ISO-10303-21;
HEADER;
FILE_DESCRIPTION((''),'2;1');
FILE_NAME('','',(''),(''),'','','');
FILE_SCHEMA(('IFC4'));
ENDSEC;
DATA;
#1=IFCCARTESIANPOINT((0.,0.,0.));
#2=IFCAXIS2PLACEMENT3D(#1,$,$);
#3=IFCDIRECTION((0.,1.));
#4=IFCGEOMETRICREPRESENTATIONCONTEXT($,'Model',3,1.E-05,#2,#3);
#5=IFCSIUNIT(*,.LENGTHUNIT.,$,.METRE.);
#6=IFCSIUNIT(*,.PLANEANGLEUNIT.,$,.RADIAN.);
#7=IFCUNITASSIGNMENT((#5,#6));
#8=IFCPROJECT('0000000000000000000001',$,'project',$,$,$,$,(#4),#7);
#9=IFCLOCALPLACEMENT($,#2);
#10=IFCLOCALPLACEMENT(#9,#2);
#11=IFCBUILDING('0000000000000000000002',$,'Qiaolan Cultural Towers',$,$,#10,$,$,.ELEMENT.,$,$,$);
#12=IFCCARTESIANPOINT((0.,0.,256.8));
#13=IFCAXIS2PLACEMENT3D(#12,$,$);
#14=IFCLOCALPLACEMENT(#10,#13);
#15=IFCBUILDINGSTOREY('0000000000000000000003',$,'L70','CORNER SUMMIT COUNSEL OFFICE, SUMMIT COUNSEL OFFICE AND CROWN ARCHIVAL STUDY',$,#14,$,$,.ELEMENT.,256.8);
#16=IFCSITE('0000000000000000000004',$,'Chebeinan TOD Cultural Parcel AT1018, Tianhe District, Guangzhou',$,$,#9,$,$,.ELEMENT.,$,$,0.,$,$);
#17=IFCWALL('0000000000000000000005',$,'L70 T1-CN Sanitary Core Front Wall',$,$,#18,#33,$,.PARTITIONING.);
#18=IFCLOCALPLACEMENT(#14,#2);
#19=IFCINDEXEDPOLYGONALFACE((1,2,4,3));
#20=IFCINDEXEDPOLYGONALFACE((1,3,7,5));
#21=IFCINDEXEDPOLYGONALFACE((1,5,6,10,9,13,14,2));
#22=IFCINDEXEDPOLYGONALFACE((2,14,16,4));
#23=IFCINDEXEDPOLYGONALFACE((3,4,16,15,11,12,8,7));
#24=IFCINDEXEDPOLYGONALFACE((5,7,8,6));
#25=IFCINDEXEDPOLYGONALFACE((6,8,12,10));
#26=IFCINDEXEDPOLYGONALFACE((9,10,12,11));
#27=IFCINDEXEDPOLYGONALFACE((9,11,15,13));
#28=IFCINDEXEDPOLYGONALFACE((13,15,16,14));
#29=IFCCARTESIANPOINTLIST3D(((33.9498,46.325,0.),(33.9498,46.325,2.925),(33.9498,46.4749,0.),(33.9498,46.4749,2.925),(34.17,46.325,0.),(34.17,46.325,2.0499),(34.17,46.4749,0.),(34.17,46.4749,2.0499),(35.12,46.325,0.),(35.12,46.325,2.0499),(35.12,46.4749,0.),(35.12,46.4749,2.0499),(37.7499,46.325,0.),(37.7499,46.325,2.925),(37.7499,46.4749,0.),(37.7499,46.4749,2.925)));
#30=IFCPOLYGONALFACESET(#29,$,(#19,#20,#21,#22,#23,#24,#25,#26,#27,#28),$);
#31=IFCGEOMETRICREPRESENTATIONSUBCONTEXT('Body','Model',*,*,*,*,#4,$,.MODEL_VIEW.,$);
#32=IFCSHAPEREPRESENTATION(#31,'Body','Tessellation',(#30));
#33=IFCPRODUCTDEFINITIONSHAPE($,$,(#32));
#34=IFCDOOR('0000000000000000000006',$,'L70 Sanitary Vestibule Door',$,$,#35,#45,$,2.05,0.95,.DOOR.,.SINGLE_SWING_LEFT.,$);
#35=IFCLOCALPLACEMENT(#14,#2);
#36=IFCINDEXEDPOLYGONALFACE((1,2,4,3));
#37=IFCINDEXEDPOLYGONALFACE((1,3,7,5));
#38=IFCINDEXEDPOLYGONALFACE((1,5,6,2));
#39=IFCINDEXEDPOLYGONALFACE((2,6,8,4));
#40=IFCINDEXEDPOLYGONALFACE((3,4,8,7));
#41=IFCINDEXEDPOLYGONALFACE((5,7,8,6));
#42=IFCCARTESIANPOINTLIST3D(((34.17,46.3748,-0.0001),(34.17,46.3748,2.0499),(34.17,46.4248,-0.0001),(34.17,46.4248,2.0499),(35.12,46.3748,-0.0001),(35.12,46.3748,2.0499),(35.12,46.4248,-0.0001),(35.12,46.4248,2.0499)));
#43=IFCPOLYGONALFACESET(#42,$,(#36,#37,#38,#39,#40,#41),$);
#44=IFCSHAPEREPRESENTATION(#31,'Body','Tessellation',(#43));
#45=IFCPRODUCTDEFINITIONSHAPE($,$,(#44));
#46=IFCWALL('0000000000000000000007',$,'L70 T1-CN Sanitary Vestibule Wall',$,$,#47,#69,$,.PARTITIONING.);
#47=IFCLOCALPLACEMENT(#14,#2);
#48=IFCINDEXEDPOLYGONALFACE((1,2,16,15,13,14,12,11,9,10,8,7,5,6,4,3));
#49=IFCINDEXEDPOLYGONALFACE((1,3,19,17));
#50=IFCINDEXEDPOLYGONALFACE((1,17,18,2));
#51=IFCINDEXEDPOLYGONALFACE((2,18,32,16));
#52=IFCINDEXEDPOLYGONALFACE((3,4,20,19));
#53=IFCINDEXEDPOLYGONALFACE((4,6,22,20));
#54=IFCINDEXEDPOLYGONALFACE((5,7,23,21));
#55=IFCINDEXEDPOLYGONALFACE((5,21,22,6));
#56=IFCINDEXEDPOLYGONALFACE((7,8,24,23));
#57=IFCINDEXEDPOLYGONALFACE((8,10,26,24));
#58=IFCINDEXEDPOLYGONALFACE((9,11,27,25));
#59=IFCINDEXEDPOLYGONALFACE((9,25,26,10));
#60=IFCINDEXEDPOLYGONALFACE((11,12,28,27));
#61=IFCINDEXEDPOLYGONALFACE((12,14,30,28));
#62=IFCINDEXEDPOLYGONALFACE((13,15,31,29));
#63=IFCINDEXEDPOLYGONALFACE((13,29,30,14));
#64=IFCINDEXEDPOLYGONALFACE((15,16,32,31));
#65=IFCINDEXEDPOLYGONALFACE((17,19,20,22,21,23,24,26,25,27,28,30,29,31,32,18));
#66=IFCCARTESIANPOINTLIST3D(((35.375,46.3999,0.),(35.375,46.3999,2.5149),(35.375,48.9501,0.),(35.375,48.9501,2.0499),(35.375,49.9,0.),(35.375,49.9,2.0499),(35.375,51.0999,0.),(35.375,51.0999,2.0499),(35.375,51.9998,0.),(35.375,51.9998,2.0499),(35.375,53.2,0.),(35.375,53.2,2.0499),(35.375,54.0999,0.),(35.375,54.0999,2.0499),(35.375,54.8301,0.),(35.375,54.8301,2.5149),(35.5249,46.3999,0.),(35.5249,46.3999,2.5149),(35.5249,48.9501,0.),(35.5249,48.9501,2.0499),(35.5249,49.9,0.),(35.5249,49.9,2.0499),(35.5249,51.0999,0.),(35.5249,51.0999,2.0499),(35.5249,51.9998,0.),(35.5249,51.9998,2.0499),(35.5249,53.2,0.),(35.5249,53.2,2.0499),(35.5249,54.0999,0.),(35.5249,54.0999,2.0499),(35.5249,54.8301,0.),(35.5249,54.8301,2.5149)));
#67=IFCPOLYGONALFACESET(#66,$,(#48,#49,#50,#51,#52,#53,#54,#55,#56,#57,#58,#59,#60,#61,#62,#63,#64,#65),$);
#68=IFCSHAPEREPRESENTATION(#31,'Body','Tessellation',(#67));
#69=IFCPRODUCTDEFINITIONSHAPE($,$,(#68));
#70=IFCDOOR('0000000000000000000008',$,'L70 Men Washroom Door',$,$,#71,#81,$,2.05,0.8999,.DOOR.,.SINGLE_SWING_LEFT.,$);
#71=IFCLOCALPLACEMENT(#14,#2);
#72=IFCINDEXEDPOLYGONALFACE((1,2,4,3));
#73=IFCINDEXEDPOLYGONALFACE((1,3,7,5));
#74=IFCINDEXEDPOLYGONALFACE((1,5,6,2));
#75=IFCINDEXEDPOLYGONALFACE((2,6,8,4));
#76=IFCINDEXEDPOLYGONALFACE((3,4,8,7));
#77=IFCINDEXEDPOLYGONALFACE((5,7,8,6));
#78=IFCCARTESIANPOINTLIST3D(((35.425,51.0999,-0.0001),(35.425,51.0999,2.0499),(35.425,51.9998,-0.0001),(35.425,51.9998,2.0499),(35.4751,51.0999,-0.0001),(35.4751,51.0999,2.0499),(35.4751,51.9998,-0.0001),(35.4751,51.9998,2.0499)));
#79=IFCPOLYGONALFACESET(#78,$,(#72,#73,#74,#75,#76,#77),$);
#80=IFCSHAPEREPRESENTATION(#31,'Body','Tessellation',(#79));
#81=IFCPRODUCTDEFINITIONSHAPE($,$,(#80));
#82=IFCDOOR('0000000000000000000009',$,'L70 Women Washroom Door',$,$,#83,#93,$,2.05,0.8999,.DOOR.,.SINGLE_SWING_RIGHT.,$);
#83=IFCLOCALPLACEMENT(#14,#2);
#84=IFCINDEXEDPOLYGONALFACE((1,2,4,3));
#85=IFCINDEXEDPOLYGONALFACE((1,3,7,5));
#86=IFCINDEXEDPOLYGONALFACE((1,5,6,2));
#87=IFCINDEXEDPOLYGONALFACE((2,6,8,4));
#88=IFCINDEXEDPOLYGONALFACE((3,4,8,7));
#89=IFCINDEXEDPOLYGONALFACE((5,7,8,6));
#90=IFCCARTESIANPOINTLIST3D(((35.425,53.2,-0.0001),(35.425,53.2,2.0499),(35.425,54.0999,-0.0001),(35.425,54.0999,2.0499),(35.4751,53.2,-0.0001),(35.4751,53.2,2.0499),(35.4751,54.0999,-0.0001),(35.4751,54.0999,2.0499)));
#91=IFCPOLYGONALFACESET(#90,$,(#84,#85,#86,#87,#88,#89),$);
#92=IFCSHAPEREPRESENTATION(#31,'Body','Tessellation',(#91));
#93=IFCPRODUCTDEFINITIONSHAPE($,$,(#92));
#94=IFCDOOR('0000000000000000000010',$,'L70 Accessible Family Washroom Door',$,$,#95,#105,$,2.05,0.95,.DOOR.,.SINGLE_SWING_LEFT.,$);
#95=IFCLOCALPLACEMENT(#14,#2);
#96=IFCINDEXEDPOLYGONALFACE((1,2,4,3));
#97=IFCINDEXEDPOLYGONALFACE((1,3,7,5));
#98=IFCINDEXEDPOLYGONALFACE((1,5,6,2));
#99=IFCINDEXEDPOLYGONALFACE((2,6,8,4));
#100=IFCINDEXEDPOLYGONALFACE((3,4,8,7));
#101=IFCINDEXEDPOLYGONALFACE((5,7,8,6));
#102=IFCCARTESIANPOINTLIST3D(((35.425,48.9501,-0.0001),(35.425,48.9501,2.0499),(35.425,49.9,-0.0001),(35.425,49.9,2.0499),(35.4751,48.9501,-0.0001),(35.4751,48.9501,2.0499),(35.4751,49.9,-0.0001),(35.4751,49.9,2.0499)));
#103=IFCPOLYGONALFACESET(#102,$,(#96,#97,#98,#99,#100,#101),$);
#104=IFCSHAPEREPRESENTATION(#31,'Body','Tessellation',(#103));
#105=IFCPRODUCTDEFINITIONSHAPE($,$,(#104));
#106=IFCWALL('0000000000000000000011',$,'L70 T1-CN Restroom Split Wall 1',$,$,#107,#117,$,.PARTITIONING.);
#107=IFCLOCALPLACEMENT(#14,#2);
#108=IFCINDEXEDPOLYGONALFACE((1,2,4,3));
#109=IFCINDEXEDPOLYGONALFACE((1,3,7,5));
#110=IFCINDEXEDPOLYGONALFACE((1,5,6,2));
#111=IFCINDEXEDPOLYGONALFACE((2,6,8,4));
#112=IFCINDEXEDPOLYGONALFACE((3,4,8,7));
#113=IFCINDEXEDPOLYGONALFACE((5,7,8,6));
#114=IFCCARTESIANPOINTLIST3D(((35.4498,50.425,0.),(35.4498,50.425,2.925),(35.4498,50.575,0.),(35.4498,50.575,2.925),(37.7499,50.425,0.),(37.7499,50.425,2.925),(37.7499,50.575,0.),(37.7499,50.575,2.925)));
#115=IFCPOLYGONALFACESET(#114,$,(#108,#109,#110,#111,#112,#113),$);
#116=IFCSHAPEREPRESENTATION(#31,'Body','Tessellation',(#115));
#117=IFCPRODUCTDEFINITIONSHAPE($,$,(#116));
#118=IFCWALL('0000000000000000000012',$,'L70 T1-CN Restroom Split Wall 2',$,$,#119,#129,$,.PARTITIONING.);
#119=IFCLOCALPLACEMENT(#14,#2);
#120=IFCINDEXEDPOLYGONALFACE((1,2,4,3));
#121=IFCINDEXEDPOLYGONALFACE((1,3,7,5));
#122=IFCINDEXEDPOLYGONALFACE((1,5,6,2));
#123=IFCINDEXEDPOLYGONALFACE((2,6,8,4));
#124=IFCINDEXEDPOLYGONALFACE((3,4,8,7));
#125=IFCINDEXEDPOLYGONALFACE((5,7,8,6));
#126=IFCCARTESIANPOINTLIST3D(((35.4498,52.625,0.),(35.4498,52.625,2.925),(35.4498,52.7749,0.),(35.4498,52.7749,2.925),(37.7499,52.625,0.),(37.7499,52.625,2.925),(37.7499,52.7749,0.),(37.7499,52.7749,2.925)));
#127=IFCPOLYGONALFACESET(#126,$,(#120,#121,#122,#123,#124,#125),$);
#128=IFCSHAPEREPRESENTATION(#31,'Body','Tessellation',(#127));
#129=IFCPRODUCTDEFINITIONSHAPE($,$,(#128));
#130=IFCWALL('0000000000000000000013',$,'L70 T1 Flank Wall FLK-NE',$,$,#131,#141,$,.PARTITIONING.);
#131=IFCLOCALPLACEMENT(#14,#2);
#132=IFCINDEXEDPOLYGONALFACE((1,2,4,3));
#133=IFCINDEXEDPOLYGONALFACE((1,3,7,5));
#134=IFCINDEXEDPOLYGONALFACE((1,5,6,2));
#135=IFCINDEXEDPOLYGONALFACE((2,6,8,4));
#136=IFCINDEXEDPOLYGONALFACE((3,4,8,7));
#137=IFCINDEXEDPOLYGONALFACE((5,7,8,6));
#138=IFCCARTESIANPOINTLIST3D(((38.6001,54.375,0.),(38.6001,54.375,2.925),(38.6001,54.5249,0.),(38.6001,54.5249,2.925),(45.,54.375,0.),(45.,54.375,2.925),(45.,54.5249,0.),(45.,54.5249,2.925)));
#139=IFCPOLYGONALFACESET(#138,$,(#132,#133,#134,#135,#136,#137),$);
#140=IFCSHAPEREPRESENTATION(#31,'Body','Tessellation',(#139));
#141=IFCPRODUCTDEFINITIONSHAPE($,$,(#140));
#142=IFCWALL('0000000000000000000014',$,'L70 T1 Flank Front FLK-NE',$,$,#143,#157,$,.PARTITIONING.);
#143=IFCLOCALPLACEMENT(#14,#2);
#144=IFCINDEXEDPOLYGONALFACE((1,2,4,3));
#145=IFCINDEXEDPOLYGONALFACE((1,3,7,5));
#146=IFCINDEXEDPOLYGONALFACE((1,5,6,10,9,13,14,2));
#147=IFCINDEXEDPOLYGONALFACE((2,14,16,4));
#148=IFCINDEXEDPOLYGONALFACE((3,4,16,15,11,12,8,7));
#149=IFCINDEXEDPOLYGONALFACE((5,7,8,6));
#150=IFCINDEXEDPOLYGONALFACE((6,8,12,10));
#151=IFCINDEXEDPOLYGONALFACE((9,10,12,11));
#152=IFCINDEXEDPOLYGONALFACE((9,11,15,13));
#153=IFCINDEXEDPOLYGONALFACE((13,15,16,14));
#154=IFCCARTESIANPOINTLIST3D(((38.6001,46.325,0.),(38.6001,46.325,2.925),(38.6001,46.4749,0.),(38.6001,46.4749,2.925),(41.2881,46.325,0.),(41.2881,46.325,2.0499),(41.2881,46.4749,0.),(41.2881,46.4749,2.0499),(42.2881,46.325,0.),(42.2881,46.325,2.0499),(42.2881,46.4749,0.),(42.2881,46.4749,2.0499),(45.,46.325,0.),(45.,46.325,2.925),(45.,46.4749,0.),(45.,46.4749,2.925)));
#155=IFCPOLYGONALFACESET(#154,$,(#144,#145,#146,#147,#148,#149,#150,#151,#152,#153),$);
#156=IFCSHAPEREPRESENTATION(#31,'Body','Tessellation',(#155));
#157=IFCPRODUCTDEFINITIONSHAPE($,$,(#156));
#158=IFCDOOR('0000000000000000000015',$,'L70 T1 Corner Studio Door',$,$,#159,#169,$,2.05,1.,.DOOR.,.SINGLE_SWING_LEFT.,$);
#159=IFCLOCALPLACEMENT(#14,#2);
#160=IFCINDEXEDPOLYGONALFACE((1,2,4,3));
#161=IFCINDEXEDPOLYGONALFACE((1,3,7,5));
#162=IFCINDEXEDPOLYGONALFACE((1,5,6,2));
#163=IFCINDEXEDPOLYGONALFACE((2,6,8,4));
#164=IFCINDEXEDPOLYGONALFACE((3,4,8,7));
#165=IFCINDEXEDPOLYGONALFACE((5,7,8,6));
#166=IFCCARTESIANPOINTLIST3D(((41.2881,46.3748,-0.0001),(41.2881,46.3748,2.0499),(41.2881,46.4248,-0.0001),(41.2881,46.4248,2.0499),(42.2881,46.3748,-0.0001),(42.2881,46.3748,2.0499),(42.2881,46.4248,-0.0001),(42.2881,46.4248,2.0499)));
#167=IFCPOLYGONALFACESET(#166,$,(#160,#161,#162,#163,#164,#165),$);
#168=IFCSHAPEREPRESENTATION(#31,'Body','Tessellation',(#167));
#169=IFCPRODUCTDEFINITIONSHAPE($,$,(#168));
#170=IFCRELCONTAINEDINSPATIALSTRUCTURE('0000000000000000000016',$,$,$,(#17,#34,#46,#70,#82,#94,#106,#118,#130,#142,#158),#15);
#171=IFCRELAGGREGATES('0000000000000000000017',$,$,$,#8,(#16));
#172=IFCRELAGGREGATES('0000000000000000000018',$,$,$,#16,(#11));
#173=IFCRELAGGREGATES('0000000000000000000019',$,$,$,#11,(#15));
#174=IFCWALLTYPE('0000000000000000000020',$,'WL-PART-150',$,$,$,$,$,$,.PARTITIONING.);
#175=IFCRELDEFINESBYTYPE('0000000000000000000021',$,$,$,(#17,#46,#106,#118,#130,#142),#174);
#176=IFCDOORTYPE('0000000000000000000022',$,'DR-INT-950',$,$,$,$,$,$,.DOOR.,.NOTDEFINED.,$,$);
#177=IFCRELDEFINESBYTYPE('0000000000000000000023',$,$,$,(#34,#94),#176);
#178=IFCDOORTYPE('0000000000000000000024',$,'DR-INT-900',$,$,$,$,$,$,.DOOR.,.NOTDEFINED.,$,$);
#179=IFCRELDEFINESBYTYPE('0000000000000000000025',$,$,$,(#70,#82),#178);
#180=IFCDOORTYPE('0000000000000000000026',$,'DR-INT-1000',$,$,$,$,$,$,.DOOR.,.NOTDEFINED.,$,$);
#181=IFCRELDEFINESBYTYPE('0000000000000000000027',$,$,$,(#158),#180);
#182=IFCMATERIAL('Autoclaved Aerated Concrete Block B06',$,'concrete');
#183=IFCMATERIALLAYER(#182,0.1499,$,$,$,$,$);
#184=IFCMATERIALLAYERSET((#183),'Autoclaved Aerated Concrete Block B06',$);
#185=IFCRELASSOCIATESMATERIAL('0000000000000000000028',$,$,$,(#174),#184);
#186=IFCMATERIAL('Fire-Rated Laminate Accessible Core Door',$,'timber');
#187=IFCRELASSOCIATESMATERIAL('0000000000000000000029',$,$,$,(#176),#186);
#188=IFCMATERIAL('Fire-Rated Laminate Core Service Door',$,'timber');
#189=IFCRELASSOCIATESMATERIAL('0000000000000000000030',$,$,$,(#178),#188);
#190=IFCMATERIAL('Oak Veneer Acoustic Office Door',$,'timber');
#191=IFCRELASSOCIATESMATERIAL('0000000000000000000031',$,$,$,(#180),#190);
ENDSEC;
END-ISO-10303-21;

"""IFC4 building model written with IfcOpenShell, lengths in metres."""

from ifc_helpers import new_model, si_unit, direction, frame, frame_2d, origin, place, context, subcontext, project, spatial, rectangle, extrude, material, layer, layer_set, type_object, element, fill, save


model = new_model("IFC4")

# Units and contexts
model_context = context("Model", 3, precision=1e-05, world=origin(), true_north=direction((0.0, 1.0)))
body_context = subcontext(model_context, "Body", "Model", "MODEL_VIEW")
ifc_project = project(units=[si_unit("LENGTHUNIT", "METRE"), si_unit("PLANEANGLEUNIT", "RADIAN")], contexts=[model_context])

# Site, building, storey
site_placement = place(None, origin())
site = spatial("IfcSite", under=ifc_project, at=site_placement, Name="Chebeinan TOD Cultural Parcel AT1018, Tianhe District, Guangzhou", CompositionType="ELEMENT", RefElevation=0.0)
building_placement = place(site_placement, origin())
building = spatial("IfcBuilding", under=site, at=building_placement, Name="Qiaolan Cultural Towers", CompositionType="ELEMENT")
storey_placement = place(building_placement, frame((0.0, 0.0, 256.8)))
storey = spatial("IfcBuildingStorey", under=building, at=storey_placement, Name="L70", Description="CORNER SUMMIT COUNSEL OFFICE, SUMMIT COUNSEL OFFICE AND CROWN ARCHIVAL STUDY", CompositionType="ELEMENT", Elevation=256.8)

# Wall, opening, door
ifc_material_1 = material(Name="Autoclaved Aerated Concrete Block B06", Category="concrete")
ifc_layer_1 = layer(ifc_material_1, 0.1499)
ifc_layer_set_1 = layer_set([ifc_layer_1], Name="Autoclaved Aerated Concrete Block B06")
wall_type_1 = type_object("IfcWallType", Name="WL-PART-150", PredefinedType="PARTITIONING", material=ifc_layer_set_1)
wall_1_placement = place(storey_placement, frame((33.95, 46.3999, 0.0), z_axis=(0.0, 0.0, 1.0), x_axis=(1.0, 0.0, 0.0)))
wall_1 = element("IfcWall", 1, at=wall_1_placement, inside=storey, type_object=wall_type_1, Name="L70 T1-CN Sanitary Core Front Wall", PredefinedType="PARTITIONING", context=body_context, shape_type="SweptSolid", body=[
    extrude(rectangle(XDim=3.8, YDim=0.1499, at=frame_2d((1.8999, 0.0))), origin(), (0.0, 0.0, 1.0), 2.925),
])
opening_1_placement = place(wall_1_placement, frame((0.22, 0.0, 0.0)))
opening_1 = element("IfcOpeningElement", 2, at=opening_1_placement, cuts=wall_1, PredefinedType="OPENING", context=body_context, shape_type="SweptSolid", body=[
    extrude(rectangle(XDim=0.95, YDim=2.05, at=frame_2d((0.4751, 1.0249))), frame((0.0, 0.085, 0.0), z_axis=(0.0, -1.0, 0.0), x_axis=(1.0, 0.0, 0.0)), (0.0, 0.0, 1.0), 0.1699),
])
ifc_material_2 = material(Name="Fire-Rated Laminate Accessible Core Door", Category="timber")
door_type_1 = type_object("IfcDoorType", Name="DR-INT-950", OperationType="NOTDEFINED", PredefinedType="DOOR", material=ifc_material_2)
door_1_placement = place(opening_1_placement, origin())
door_1 = element("IfcDoor", 3, at=door_1_placement, inside=storey, type_object=door_type_1, Name="L70 Sanitary Vestibule Door", OperationType="SINGLE_SWING_LEFT", OverallHeight=2.05, OverallWidth=0.95, PredefinedType="DOOR", context=body_context, shape_type="SweptSolid", body=[
    extrude(rectangle(XDim=0.95, YDim=2.05, at=frame_2d((0.4751, 1.0249))), frame((0.0, 0.0249, 0.0), z_axis=(0.0, -1.0, 0.0), x_axis=(1.0, 0.0, 0.0)), (0.0, 0.0, 1.0), 0.05),
])
fill(opening_1, door_1)

# Wall, openings, doors
wall_2_placement = place(storey_placement, frame((35.45, 46.3999, 0.0), z_axis=(0.0, 0.0, 1.0), x_axis=(0.0, 1.0, 0.0)))
wall_2 = element("IfcWall", 4, at=wall_2_placement, inside=storey, type_object=wall_type_1, Name="L70 T1-CN Sanitary Vestibule Wall", PredefinedType="PARTITIONING", context=body_context, shape_type="SweptSolid", body=[
    extrude(rectangle(XDim=8.4302, YDim=0.1499, at=frame_2d((4.2151, 0.0))), origin(), (0.0, 0.0, 1.0), 2.5149),
])
opening_2_placement = place(wall_2_placement, frame((2.55, 0.0, 0.0)))
opening_2 = element("IfcOpeningElement", 5, at=opening_2_placement, cuts=wall_2, PredefinedType="OPENING", context=body_context, shape_type="SweptSolid", body=[
    extrude(rectangle(XDim=0.95, YDim=2.05, at=frame_2d((0.4751, 1.0249))), frame((0.0, 0.085, 0.0), z_axis=(0.0, -1.0, 0.0), x_axis=(1.0, 0.0, 0.0)), (0.0, 0.0, 1.0), 0.1699),
])
opening_3_placement = place(wall_2_placement, frame((4.7, 0.0, 0.0)))
opening_3 = element("IfcOpeningElement", 6, at=opening_3_placement, cuts=wall_2, PredefinedType="OPENING", context=body_context, shape_type="SweptSolid", body=[
    extrude(rectangle(XDim=0.8999, YDim=2.05, at=frame_2d((0.45, 1.0249))), frame((0.0, 0.085, 0.0), z_axis=(0.0, -1.0, 0.0), x_axis=(1.0, 0.0, 0.0)), (0.0, 0.0, 1.0), 0.1699),
])
opening_4_placement = place(wall_2_placement, frame((6.8, 0.0, 0.0)))
opening_4 = element("IfcOpeningElement", 7, at=opening_4_placement, cuts=wall_2, PredefinedType="OPENING", context=body_context, shape_type="SweptSolid", body=[
    extrude(rectangle(XDim=0.8999, YDim=2.05, at=frame_2d((0.45, 1.0249))), frame((0.0, 0.085, 0.0), z_axis=(0.0, -1.0, 0.0), x_axis=(1.0, 0.0, 0.0)), (0.0, 0.0, 1.0), 0.1699),
])
ifc_material_3 = material(Name="Fire-Rated Laminate Core Service Door", Category="timber")
door_type_2 = type_object("IfcDoorType", Name="DR-INT-900", OperationType="NOTDEFINED", PredefinedType="DOOR", material=ifc_material_3)
door_2_placement = place(opening_3_placement, origin())
door_2 = element("IfcDoor", 8, at=door_2_placement, inside=storey, type_object=door_type_2, Name="L70 Men Washroom Door", OperationType="SINGLE_SWING_LEFT", OverallHeight=2.05, OverallWidth=0.8999, PredefinedType="DOOR", context=body_context, shape_type="SweptSolid", body=[
    extrude(rectangle(XDim=0.8999, YDim=2.05, at=frame_2d((0.45, 1.0249))), frame((0.0, 0.0249, 0.0), z_axis=(0.0, -1.0, 0.0), x_axis=(1.0, 0.0, 0.0)), (0.0, 0.0, 1.0), 0.05),
])
fill(opening_3, door_2)
door_3_placement = place(opening_4_placement, origin())
door_3 = element("IfcDoor", 9, at=door_3_placement, inside=storey, type_object=door_type_2, Name="L70 Women Washroom Door", OperationType="SINGLE_SWING_RIGHT", OverallHeight=2.05, OverallWidth=0.8999, PredefinedType="DOOR", context=body_context, shape_type="SweptSolid", body=[
    extrude(rectangle(XDim=0.8999, YDim=2.05, at=frame_2d((0.45, 1.0249))), frame((0.0, 0.0249, 0.0), z_axis=(0.0, -1.0, 0.0), x_axis=(1.0, 0.0, 0.0)), (0.0, 0.0, 1.0), 0.05),
])
fill(opening_4, door_3)
door_4_placement = place(opening_2_placement, origin())
door_4 = element("IfcDoor", 10, at=door_4_placement, inside=storey, type_object=door_type_1, Name="L70 Accessible Family Washroom Door", OperationType="SINGLE_SWING_LEFT", OverallHeight=2.05, OverallWidth=0.95, PredefinedType="DOOR", context=body_context, shape_type="SweptSolid", body=[
    extrude(rectangle(XDim=0.95, YDim=2.05, at=frame_2d((0.4751, 1.0249))), frame((0.0, 0.0249, 0.0), z_axis=(0.0, -1.0, 0.0), x_axis=(1.0, 0.0, 0.0)), (0.0, 0.0, 1.0), 0.05),
])
fill(opening_2, door_4)

# Walls
for number, where, z_axis, x_axis, name in (
    (11, (35.45, 50.5, 0.0), (0.0, 0.0, 1.0), (1.0, 0.0, 0.0), "L70 T1-CN Restroom Split Wall 1"),
    (12, (35.45, 52.7, 0.0), (0.0, 0.0, 1.0), (1.0, 0.0, 0.0), "L70 T1-CN Restroom Split Wall 2"),
):
    element("IfcWall", number, at=place(storey_placement, frame(where, z_axis=z_axis, x_axis=x_axis)), inside=storey, type_object=wall_type_1, Name=name, PredefinedType="PARTITIONING", context=body_context, shape_type="SweptSolid", body=[
        extrude(rectangle(XDim=2.3, YDim=0.1499, at=frame_2d((1.1499, 0.0))), origin(), (0.0, 0.0, 1.0), 2.925),
    ])
wall_3_placement = place(storey_placement, frame((38.6001, 54.45, 0.0), z_axis=(0.0, 0.0, 1.0), x_axis=(1.0, 0.0, 0.0)))
element("IfcWall", 13, at=wall_3_placement, inside=storey, type_object=wall_type_1, Name="L70 T1 Flank Wall FLK-NE", PredefinedType="PARTITIONING", context=body_context, shape_type="SweptSolid", body=[
    extrude(rectangle(XDim=6.3999, YDim=0.1499, at=frame_2d((3.2, 0.0))), origin(), (0.0, 0.0, 1.0), 2.925),
])

# Wall, opening, door
wall_4_placement = place(storey_placement, frame((38.6001, 46.3999, 0.0), z_axis=(0.0, 0.0, 1.0), x_axis=(1.0, 0.0, 0.0)))
wall_4 = element("IfcWall", 14, at=wall_4_placement, inside=storey, type_object=wall_type_1, Name="L70 T1 Flank Front FLK-NE", PredefinedType="PARTITIONING", context=body_context, shape_type="SweptSolid", body=[
    extrude(rectangle(XDim=6.3999, YDim=0.1499, at=frame_2d((3.2, 0.0))), origin(), (0.0, 0.0, 1.0), 2.925),
])
opening_5_placement = place(wall_4_placement, frame((2.688, 0.0, 0.0)))
opening_5 = element("IfcOpeningElement", 15, at=opening_5_placement, cuts=wall_4, PredefinedType="OPENING", context=body_context, shape_type="SweptSolid", body=[
    extrude(rectangle(XDim=1.0, YDim=2.05, at=frame_2d((0.5, 1.0249))), frame((0.0, 0.085, 0.0), z_axis=(0.0, -1.0, 0.0), x_axis=(1.0, 0.0, 0.0)), (0.0, 0.0, 1.0), 0.1699),
])
ifc_material_4 = material(Name="Oak Veneer Acoustic Office Door", Category="timber")
door_type_3 = type_object("IfcDoorType", Name="DR-INT-1000", OperationType="NOTDEFINED", PredefinedType="DOOR", material=ifc_material_4)
door_5_placement = place(opening_5_placement, origin())
door_5 = element("IfcDoor", 16, at=door_5_placement, inside=storey, type_object=door_type_3, Name="L70 T1 Corner Studio Door", OperationType="SINGLE_SWING_LEFT", OverallHeight=2.05, OverallWidth=1.0, PredefinedType="DOOR", context=body_context, shape_type="SweptSolid", body=[
    extrude(rectangle(XDim=1.0, YDim=2.05, at=frame_2d((0.5, 1.0249))), frame((0.0, 0.0249, 0.0), z_axis=(0.0, -1.0, 0.0), x_axis=(1.0, 0.0, 0.0)), (0.0, 0.0, 1.0), 0.05),
])
fill(opening_5, door_5)

save(model, "model.ifc")
